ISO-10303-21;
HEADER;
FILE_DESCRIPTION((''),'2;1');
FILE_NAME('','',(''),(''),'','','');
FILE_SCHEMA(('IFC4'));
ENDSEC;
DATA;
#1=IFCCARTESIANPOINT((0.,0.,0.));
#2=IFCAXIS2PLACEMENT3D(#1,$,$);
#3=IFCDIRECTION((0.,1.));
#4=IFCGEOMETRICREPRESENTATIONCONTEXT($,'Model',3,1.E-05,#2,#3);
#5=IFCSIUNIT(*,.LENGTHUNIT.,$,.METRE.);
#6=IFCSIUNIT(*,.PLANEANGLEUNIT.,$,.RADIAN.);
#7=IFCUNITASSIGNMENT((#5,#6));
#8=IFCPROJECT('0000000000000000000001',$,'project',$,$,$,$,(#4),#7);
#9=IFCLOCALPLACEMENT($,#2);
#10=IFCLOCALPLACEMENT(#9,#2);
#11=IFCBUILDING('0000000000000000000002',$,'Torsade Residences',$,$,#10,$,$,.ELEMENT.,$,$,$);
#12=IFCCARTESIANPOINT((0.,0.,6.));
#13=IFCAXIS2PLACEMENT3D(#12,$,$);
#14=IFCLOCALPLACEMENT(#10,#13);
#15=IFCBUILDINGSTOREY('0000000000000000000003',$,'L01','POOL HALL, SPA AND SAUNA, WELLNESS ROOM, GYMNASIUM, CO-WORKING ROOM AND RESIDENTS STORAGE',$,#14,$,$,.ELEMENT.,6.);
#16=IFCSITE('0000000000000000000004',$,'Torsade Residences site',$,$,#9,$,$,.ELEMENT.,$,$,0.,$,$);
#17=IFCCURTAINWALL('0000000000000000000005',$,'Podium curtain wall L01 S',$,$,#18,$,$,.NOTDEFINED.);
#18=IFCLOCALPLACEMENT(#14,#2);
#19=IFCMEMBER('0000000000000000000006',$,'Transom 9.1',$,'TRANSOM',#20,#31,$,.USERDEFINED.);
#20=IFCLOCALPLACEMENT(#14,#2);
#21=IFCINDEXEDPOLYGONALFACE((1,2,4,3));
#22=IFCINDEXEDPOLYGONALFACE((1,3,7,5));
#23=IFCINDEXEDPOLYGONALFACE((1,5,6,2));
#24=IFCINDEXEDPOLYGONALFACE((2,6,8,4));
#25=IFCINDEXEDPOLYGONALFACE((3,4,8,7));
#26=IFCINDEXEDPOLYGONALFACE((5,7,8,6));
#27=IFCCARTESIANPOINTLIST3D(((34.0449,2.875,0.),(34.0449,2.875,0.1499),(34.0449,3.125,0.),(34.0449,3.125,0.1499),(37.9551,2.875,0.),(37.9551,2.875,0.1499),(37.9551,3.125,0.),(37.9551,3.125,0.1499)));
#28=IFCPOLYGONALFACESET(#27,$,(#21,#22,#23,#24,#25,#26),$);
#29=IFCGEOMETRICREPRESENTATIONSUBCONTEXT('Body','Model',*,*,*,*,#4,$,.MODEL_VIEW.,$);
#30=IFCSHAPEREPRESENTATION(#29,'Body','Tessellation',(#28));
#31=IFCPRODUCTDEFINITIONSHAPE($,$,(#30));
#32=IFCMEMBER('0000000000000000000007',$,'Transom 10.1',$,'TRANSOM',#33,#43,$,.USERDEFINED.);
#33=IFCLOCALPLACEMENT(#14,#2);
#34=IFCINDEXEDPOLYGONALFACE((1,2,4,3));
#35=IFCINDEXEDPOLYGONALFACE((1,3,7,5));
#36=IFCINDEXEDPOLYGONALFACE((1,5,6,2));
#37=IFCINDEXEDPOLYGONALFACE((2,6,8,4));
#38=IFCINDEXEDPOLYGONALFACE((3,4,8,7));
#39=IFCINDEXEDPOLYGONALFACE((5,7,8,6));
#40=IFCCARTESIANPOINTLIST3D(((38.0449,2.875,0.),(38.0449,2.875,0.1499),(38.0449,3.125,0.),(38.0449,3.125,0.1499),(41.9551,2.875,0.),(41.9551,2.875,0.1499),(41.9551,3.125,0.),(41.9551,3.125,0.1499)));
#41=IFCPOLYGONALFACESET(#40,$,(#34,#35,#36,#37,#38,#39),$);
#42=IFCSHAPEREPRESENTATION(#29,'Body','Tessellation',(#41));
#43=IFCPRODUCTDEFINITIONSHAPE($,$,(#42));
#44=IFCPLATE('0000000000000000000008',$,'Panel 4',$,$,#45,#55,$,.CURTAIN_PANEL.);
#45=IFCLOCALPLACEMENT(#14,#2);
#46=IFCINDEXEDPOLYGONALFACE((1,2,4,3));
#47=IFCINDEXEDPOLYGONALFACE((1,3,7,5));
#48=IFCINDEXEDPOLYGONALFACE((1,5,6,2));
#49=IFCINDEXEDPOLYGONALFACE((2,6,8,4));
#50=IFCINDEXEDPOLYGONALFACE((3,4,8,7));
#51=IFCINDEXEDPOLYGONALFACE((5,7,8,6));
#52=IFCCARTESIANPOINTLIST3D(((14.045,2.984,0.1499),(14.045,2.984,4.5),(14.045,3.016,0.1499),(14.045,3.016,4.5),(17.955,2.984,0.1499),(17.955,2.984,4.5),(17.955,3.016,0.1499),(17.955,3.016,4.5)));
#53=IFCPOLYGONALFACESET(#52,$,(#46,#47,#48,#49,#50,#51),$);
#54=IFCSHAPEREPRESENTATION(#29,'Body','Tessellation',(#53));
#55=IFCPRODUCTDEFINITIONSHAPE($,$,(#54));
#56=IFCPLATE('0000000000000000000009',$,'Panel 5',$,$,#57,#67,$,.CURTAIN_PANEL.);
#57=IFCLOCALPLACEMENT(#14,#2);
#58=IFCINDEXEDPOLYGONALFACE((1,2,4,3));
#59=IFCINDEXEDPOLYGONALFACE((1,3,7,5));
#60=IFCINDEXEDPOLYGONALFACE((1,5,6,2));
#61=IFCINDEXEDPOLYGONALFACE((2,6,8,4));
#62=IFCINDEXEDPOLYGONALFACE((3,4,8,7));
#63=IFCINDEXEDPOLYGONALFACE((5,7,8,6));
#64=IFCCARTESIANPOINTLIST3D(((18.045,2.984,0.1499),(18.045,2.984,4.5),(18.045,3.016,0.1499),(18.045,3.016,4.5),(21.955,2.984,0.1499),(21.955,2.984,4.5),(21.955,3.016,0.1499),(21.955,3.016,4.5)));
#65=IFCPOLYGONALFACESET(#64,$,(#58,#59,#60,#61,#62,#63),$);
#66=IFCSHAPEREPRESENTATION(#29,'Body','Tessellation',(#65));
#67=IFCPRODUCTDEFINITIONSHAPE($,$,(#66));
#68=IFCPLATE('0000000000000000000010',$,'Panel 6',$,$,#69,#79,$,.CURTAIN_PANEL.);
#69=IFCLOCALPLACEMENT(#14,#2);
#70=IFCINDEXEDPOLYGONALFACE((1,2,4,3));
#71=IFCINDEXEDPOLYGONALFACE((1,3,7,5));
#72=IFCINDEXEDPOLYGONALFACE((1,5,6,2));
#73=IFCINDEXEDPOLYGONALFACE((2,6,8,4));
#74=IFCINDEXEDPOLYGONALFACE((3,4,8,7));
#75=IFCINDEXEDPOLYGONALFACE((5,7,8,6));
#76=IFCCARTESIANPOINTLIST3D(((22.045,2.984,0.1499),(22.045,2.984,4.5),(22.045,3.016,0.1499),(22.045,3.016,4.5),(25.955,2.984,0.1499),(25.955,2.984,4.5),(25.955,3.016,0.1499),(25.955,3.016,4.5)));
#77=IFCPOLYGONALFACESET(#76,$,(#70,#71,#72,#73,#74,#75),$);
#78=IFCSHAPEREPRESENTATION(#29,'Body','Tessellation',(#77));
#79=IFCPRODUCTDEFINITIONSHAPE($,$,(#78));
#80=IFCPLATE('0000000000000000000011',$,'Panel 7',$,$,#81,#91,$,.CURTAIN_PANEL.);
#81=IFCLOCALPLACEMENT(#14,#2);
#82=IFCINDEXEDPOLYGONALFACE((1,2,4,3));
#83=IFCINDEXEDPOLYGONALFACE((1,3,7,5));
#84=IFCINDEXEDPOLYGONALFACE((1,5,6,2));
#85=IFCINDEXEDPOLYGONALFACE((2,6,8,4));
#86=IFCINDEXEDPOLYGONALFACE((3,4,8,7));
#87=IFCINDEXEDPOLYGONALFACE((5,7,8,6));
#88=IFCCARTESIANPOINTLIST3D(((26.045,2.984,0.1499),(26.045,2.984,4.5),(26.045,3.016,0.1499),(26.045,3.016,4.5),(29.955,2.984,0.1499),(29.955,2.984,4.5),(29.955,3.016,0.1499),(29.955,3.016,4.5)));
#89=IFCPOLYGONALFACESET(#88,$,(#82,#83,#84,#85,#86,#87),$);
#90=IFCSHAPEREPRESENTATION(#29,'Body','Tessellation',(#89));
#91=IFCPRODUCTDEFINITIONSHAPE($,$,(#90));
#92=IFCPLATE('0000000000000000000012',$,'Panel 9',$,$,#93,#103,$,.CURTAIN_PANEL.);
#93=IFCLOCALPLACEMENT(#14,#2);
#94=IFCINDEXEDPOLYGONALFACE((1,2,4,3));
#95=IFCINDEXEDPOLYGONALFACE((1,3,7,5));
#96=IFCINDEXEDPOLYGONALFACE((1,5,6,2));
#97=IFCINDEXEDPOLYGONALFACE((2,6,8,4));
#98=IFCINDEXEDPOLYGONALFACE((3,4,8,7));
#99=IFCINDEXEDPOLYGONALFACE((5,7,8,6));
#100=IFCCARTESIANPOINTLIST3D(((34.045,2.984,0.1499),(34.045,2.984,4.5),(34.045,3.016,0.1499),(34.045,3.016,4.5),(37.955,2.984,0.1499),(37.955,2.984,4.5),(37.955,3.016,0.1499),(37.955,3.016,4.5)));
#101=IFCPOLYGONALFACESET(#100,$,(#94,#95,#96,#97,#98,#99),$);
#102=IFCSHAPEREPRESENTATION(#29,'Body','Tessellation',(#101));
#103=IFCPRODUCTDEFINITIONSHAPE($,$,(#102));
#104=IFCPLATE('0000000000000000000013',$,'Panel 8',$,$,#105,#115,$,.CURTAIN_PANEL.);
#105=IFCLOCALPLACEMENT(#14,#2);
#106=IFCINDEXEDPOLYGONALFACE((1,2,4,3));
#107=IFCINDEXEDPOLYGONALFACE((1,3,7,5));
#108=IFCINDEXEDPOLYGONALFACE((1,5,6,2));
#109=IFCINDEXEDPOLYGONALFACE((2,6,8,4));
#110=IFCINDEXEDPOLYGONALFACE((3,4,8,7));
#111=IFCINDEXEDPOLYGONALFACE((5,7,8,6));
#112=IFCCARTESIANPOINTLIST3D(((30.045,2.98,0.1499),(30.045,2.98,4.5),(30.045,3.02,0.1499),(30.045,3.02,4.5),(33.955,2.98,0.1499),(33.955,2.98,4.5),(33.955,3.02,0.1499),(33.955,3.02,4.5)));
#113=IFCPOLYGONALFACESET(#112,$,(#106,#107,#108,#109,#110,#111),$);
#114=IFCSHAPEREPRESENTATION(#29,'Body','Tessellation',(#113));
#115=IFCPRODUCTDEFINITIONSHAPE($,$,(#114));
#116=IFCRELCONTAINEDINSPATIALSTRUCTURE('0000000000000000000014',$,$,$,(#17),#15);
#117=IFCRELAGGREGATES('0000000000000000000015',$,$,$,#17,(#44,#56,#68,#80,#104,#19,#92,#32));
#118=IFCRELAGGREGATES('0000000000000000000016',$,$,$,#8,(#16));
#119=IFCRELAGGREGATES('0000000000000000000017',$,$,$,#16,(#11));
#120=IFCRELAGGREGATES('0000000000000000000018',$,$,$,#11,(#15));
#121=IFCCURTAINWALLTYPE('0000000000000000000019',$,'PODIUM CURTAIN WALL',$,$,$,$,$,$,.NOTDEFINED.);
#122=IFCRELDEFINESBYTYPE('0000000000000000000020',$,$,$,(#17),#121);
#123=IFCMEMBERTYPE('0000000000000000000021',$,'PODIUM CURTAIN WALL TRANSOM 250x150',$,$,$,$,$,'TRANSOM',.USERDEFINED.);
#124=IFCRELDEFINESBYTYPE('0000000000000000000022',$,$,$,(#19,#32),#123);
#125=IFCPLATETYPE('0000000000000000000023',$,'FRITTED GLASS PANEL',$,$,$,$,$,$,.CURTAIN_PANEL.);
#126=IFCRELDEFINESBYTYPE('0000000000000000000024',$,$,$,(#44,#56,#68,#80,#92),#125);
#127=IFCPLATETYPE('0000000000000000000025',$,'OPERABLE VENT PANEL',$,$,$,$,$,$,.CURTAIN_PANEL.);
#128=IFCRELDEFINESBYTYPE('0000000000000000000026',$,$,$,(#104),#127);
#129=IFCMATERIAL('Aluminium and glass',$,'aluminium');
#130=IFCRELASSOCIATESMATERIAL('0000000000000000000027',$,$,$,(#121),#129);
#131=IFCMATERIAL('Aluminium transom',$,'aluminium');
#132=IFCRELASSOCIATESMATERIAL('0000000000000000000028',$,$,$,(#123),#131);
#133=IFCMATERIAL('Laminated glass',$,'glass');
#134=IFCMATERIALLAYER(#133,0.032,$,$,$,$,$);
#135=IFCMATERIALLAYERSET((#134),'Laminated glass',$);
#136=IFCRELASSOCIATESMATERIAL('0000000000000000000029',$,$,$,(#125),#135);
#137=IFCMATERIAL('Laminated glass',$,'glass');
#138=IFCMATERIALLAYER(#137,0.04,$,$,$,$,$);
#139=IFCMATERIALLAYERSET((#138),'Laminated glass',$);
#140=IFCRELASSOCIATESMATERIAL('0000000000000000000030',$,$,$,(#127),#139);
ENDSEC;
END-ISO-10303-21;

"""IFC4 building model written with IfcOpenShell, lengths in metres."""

from ifc_helpers import new_model, si_unit, direction, frame, origin, origin_2d, place, context, subcontext, project, spatial, rectangle, extrude, material, layer, layer_set, material_profile, profile_set, type_object, element, aggregate, save


model = new_model("IFC4")

# Units and contexts
model_context = context("Model", 3, precision=1e-05, world=origin(), true_north=direction((0.0, 1.0)))
body_context = subcontext(model_context, "Body", "Model", "MODEL_VIEW")
ifc_project = project(units=[si_unit("LENGTHUNIT", "METRE"), si_unit("PLANEANGLEUNIT", "RADIAN")], contexts=[model_context])

# Site, building, storey
site_placement = place(None, origin())
site = spatial("IfcSite", under=ifc_project, at=site_placement, Name="Torsade Residences site", CompositionType="ELEMENT", RefElevation=0.0)
building_placement = place(site_placement, origin())
building = spatial("IfcBuilding", under=site, at=building_placement, Name="Torsade Residences", CompositionType="ELEMENT")
storey_placement = place(building_placement, frame((0.0, 0.0, 6.0)))
storey = spatial("IfcBuildingStorey", under=building, at=storey_placement, Name="L01", Description="POOL HALL, SPA AND SAUNA, WELLNESS ROOM, GYMNASIUM, CO-WORKING ROOM AND RESIDENTS STORAGE", CompositionType="ELEMENT", Elevation=6.0)

# Curtain wall, members, plates
ifc_material_1 = material(Name="Aluminium and glass", Category="aluminium")
curtain_wall_type = type_object("IfcCurtainWallType", Name="PODIUM CURTAIN WALL", PredefinedType="NOTDEFINED", material=ifc_material_1)
curtain_wall_placement = place(storey_placement, origin())
curtain_wall = element("IfcCurtainWall", 1, at=curtain_wall_placement, inside=storey, type_object=curtain_wall_type, Name="Podium curtain wall L01 S", PredefinedType="NOTDEFINED")
ifc_material_2 = material(Name="Aluminium transom", Category="aluminium")
ifc_material_profile_1 = material_profile(ifc_material_2, rectangle(XDim=0.25, YDim=0.1499, at=origin_2d()), Name="PODIUM CURTAIN WALL TRANSOM 250x150")
ifc_profile_set_1 = profile_set([ifc_material_profile_1], Name="Aluminium transom")
member_type_1 = type_object("IfcMemberType", Name="PODIUM CURTAIN WALL TRANSOM 250x150", ElementType="TRANSOM", PredefinedType="USERDEFINED", material=ifc_profile_set_1)
member_1_placement = place(storey_placement, frame((34.0449, 3.0, 0.075), z_axis=(1.0, 0.0, 0.0), x_axis=(0.0, 1.0, 0.0)))
member_1 = element("IfcMember", 2, at=member_1_placement, type_object=member_type_1, Name="Transom 9.1", ObjectType="TRANSOM", PredefinedType="USERDEFINED", context=body_context, shape_type="SweptSolid", body=[
    extrude(rectangle(XDim=0.25, YDim=0.1499, at=origin_2d()), origin(), (0.0, 0.0, 1.0), 3.9102),
])
member_2_placement = place(storey_placement, frame((38.0449, 3.0, 0.075), z_axis=(1.0, 0.0, 0.0), x_axis=(0.0, 1.0, 0.0)))
member_2 = element("IfcMember", 3, at=member_2_placement, type_object=member_type_1, Name="Transom 10.1", ObjectType="TRANSOM", PredefinedType="USERDEFINED", context=body_context, shape_type="SweptSolid", body=[
    extrude(rectangle(XDim=0.25, YDim=0.1499, at=origin_2d()), origin(), (0.0, 0.0, 1.0), 3.9102),
])
ifc_material_3 = material(Name="Laminated glass", Category="glass")
ifc_layer_1 = layer(ifc_material_3, 0.032)
ifc_layer_set_1 = layer_set([ifc_layer_1], Name="Laminated glass")
plate_type_1 = type_object("IfcPlateType", Name="FRITTED GLASS PANEL", PredefinedType="CURTAIN_PANEL", material=ifc_layer_set_1)
plate_1_placement = place(storey_placement, frame((16.0, 3.0, 0.1499), z_axis=(0.0, 0.0, 1.0), x_axis=(1.0, 0.0, 0.0)))
plate_1 = element("IfcPlate", 4, at=plate_1_placement, type_object=plate_type_1, Name="Panel 4", PredefinedType="CURTAIN_PANEL", context=body_context, shape_type="SweptSolid", body=[
    extrude(rectangle(XDim=3.9099, YDim=0.032, at=origin_2d()), origin(), (0.0, 0.0, 1.0), 4.3501),
])
plate_2_placement = place(storey_placement, frame((20.0, 3.0, 0.1499), z_axis=(0.0, 0.0, 1.0), x_axis=(1.0, 0.0, 0.0)))
plate_2 = element("IfcPlate", 5, at=plate_2_placement, type_object=plate_type_1, Name="Panel 5", PredefinedType="CURTAIN_PANEL", context=body_context, shape_type="SweptSolid", body=[
    extrude(rectangle(XDim=3.9099, YDim=0.032, at=origin_2d()), origin(), (0.0, 0.0, 1.0), 4.3501),
])
plate_3_placement = place(storey_placement, frame((24.0, 3.0, 0.1499), z_axis=(0.0, 0.0, 1.0), x_axis=(1.0, 0.0, 0.0)))
plate_3 = element("IfcPlate", 6, at=plate_3_placement, type_object=plate_type_1, Name="Panel 6", PredefinedType="CURTAIN_PANEL", context=body_context, shape_type="SweptSolid", body=[
    extrude(rectangle(XDim=3.9099, YDim=0.032, at=origin_2d()), origin(), (0.0, 0.0, 1.0), 4.3501),
])
plate_4_placement = place(storey_placement, frame((28.0, 3.0, 0.1499), z_axis=(0.0, 0.0, 1.0), x_axis=(1.0, 0.0, 0.0)))
plate_4 = element("IfcPlate", 7, at=plate_4_placement, type_object=plate_type_1, Name="Panel 7", PredefinedType="CURTAIN_PANEL", context=body_context, shape_type="SweptSolid", body=[
    extrude(rectangle(XDim=3.9099, YDim=0.032, at=origin_2d()), origin(), (0.0, 0.0, 1.0), 4.3501),
])
plate_5_placement = place(storey_placement, frame((36.0, 3.0, 0.1499), z_axis=(0.0, 0.0, 1.0), x_axis=(1.0, 0.0, 0.0)))
plate_5 = element("IfcPlate", 8, at=plate_5_placement, type_object=plate_type_1, Name="Panel 9", PredefinedType="CURTAIN_PANEL", context=body_context, shape_type="SweptSolid", body=[
    extrude(rectangle(XDim=3.9099, YDim=0.032, at=origin_2d()), origin(), (0.0, 0.0, 1.0), 4.3501),
])
ifc_material_4 = material(Name="Laminated glass", Category="glass")
ifc_layer_2 = layer(ifc_material_4, 0.04)
ifc_layer_set_2 = layer_set([ifc_layer_2], Name="Laminated glass")
plate_type_2 = type_object("IfcPlateType", Name="OPERABLE VENT PANEL", PredefinedType="CURTAIN_PANEL", material=ifc_layer_set_2)
plate_6_placement = place(storey_placement, frame((32.0, 3.0, 0.1499), z_axis=(0.0, 0.0, 1.0), x_axis=(1.0, 0.0, 0.0)))
plate_6 = element("IfcPlate", 9, at=plate_6_placement, type_object=plate_type_2, Name="Panel 8", PredefinedType="CURTAIN_PANEL", context=body_context, shape_type="SweptSolid", body=[
    extrude(rectangle(XDim=3.9099, YDim=0.04, at=origin_2d()), origin(), (0.0, 0.0, 1.0), 4.3501),
])
aggregate(curtain_wall, [plate_1, plate_2, plate_3, plate_4, plate_6, member_1, plate_5, member_2])

save(model, "model.ifc")
